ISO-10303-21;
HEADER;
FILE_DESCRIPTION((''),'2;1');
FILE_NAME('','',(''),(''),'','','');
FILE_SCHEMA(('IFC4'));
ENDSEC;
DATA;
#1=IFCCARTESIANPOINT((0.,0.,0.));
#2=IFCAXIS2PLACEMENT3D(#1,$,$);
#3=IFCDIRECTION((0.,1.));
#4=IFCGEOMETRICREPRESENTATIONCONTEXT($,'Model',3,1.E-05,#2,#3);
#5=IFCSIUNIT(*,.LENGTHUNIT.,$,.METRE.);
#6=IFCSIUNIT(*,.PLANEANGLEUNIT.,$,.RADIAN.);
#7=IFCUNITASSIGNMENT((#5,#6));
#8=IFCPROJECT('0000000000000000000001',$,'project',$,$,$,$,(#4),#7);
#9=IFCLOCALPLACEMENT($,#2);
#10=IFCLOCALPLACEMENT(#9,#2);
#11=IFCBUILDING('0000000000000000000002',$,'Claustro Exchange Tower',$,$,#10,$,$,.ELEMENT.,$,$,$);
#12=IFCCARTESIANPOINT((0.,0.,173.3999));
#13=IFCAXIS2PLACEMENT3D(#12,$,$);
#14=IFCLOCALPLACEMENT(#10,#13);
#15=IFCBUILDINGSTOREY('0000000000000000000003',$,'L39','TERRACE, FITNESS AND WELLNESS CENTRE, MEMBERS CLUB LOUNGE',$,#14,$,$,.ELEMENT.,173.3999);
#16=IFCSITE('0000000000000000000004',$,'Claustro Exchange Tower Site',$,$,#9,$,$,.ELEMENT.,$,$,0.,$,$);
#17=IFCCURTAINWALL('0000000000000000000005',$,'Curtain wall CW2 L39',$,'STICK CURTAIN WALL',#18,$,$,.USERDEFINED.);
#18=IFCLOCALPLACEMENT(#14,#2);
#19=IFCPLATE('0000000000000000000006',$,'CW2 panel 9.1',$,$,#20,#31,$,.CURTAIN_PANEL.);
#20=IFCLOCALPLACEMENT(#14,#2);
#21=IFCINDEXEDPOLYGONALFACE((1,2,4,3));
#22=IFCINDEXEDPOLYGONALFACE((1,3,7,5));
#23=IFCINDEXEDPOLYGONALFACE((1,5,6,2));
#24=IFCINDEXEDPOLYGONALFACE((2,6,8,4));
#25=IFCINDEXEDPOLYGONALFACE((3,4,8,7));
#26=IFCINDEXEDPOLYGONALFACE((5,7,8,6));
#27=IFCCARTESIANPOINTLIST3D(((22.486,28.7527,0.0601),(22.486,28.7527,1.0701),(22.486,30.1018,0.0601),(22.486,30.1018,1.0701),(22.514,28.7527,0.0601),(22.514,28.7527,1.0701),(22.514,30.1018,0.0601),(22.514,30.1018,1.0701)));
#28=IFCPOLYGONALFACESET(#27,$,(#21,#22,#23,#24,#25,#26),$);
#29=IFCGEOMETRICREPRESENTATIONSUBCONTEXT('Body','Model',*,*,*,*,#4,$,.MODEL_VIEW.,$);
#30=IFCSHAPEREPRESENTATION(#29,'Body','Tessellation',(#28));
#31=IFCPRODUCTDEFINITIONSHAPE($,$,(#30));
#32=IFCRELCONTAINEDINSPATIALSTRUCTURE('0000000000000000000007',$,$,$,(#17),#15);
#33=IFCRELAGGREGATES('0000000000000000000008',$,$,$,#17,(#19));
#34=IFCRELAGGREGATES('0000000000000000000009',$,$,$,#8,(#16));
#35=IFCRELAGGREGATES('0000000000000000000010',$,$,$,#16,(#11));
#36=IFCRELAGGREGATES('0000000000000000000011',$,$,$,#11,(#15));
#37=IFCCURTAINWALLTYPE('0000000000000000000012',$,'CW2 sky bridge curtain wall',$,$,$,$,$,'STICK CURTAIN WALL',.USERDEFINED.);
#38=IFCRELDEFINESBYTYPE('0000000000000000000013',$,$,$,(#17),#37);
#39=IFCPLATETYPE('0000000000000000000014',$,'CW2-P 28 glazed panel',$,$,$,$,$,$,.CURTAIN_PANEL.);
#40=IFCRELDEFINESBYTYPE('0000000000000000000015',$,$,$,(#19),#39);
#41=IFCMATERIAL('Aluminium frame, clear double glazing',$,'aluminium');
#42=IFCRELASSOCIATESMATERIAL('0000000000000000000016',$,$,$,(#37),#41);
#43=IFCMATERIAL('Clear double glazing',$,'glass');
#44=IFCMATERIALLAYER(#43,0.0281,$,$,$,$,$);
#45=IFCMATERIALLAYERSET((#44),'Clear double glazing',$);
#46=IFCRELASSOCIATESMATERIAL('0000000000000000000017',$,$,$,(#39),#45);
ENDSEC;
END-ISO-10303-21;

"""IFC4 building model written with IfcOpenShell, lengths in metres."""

from ifc_helpers import new_model, si_unit, direction, frame, origin, origin_2d, place, context, subcontext, project, spatial, rectangle, extrude, material, layer, layer_set, type_object, element, aggregate, save


model = new_model("IFC4")

# Units and contexts
model_context = context("Model", 3, precision=1e-05, world=origin(), true_north=direction((0.0, 1.0)))
body_context = subcontext(model_context, "Body", "Model", "MODEL_VIEW")
ifc_project = project(units=[si_unit("LENGTHUNIT", "METRE"), si_unit("PLANEANGLEUNIT", "RADIAN")], contexts=[model_context])

# Site, building, storey
site_placement = place(None, origin())
site = spatial("IfcSite", under=ifc_project, at=site_placement, Name="Claustro Exchange Tower Site", CompositionType="ELEMENT", RefElevation=0.0)
building_placement = place(site_placement, origin())
building = spatial("IfcBuilding", under=site, at=building_placement, Name="Claustro Exchange Tower", CompositionType="ELEMENT")
storey_placement = place(building_placement, frame((0.0, 0.0, 173.3999)))
storey = spatial("IfcBuildingStorey", under=building, at=storey_placement, Name="L39", Description="TERRACE, FITNESS AND WELLNESS CENTRE, MEMBERS CLUB LOUNGE", CompositionType="ELEMENT", Elevation=173.3999)

# Curtain wall, plate
ifc_material_1 = material(Name="Aluminium frame, clear double glazing", Category="aluminium")
curtain_wall_type = type_object("IfcCurtainWallType", Name="CW2 sky bridge curtain wall", ElementType="STICK CURTAIN WALL", PredefinedType="USERDEFINED", material=ifc_material_1)
curtain_wall_placement = place(storey_placement, origin())
curtain_wall = element("IfcCurtainWall", 1, at=curtain_wall_placement, inside=storey, type_object=curtain_wall_type, Name="Curtain wall CW2 L39", ObjectType="STICK CURTAIN WALL", PredefinedType="USERDEFINED")
ifc_material_2 = material(Name="Clear double glazing", Category="glass")
ifc_layer = layer(ifc_material_2, 0.0281)
ifc_layer_set = layer_set([ifc_layer], Name="Clear double glazing")
plate_type = type_object("IfcPlateType", Name="CW2-P 28 glazed panel", PredefinedType="CURTAIN_PANEL", material=ifc_layer_set)
plate_1_placement = place(storey_placement, frame((22.5, 29.4272, 0.0601), z_axis=(0.0, 0.0, 1.0), x_axis=(0.0, 1.0, 0.0)))
plate_1 = element("IfcPlate", 2, at=plate_1_placement, type_object=plate_type, Name="CW2 panel 9.1", PredefinedType="CURTAIN_PANEL", context=body_context, shape_type="SweptSolid", body=[
    extrude(rectangle(XDim=1.3491, YDim=0.0281, at=origin_2d()), origin(), (0.0, 0.0, 1.0), 1.01),
])
aggregate(curtain_wall, [plate_1])

save(model, "model.ifc")
